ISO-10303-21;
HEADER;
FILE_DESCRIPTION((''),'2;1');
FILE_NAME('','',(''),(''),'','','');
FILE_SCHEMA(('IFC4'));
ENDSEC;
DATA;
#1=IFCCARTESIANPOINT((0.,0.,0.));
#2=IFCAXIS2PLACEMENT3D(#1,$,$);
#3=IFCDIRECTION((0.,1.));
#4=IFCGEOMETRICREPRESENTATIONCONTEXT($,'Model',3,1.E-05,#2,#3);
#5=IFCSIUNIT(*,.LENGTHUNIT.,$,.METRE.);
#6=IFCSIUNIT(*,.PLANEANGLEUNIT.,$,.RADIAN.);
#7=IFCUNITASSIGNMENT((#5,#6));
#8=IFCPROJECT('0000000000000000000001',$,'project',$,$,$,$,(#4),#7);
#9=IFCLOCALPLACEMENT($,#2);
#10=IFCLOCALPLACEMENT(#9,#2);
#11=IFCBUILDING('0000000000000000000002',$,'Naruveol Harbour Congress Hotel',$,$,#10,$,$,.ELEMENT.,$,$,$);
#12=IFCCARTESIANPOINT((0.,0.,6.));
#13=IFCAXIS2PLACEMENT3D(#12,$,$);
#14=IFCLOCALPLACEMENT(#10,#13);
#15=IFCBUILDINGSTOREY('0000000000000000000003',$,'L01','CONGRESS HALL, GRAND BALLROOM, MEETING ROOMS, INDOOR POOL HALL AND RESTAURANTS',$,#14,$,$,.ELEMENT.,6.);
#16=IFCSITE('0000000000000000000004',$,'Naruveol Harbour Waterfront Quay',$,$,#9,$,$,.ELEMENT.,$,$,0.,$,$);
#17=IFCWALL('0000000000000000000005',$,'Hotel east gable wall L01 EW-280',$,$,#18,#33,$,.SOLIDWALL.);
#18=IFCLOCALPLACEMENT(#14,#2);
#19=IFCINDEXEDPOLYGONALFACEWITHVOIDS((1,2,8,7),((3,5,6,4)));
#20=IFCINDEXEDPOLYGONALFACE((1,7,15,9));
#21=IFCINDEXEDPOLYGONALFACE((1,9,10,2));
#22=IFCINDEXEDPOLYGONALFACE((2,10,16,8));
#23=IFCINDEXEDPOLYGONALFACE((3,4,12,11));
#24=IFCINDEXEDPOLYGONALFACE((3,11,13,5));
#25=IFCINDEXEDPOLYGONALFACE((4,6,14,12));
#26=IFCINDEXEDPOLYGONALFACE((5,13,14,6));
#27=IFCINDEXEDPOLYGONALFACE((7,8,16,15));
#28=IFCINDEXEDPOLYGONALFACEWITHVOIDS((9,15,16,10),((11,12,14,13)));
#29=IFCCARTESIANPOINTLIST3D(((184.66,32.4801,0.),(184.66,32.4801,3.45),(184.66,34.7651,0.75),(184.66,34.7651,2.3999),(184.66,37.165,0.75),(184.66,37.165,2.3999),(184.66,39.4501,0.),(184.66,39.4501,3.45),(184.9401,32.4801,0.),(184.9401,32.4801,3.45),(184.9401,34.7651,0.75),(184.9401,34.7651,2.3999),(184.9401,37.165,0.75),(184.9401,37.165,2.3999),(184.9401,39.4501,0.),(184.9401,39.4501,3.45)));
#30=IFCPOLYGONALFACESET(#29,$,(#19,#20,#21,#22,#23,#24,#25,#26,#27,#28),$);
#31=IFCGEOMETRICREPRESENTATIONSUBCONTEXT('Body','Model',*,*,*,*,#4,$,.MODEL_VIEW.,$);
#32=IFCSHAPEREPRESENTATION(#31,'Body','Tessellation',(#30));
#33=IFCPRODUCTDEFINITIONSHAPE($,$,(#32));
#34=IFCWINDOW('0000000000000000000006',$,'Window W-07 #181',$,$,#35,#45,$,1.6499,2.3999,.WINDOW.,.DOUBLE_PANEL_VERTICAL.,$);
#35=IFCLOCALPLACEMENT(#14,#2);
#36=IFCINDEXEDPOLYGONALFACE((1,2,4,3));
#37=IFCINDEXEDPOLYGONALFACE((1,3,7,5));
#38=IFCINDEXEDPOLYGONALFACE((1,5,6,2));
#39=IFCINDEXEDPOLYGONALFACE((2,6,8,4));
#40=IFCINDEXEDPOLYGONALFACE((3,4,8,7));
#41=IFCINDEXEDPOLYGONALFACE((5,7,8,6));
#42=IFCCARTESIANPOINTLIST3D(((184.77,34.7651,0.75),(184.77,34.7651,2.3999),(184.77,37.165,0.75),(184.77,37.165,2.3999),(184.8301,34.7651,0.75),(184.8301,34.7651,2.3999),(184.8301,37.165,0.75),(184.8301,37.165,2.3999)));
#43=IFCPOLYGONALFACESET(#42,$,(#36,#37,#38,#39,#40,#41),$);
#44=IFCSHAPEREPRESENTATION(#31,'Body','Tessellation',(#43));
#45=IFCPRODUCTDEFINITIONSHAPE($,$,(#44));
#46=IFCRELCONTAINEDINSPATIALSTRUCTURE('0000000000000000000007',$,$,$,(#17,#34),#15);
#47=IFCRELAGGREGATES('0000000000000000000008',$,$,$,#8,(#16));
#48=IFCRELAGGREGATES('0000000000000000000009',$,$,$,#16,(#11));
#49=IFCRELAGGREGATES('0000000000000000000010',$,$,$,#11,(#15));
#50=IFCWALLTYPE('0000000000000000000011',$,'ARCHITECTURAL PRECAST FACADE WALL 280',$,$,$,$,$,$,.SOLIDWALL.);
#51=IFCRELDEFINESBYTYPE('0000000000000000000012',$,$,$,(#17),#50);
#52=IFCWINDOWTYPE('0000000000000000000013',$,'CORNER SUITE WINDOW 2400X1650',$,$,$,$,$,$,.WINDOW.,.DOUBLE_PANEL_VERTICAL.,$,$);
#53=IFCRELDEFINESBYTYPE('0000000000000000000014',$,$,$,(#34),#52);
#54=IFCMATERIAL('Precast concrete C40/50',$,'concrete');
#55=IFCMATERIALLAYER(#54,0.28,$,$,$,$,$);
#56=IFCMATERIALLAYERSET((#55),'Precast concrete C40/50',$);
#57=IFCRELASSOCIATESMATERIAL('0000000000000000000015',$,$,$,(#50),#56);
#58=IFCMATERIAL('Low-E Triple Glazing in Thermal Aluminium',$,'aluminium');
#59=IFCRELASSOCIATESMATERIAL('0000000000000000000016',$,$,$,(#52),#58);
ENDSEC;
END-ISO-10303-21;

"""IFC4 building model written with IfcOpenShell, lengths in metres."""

from ifc_helpers import new_model, si_unit, direction, frame, frame_2d, origin, place, context, subcontext, project, spatial, rectangle, extrude, material, layer, layer_set, type_object, element, fill, save


model = new_model("IFC4")

# Units and contexts
model_context = context("Model", 3, precision=1e-05, world=origin(), true_north=direction((0.0, 1.0)))
body_context = subcontext(model_context, "Body", "Model", "MODEL_VIEW")
ifc_project = project(units=[si_unit("LENGTHUNIT", "METRE"), si_unit("PLANEANGLEUNIT", "RADIAN")], contexts=[model_context])

# Site, building, storey
site_placement = place(None, origin())
site = spatial("IfcSite", under=ifc_project, at=site_placement, Name="Naruveol Harbour Waterfront Quay", CompositionType="ELEMENT", RefElevation=0.0)
building_placement = place(site_placement, origin())
building = spatial("IfcBuilding", under=site, at=building_placement, Name="Naruveol Harbour Congress Hotel", CompositionType="ELEMENT")
storey_placement = place(building_placement, frame((0.0, 0.0, 6.0)))
storey = spatial("IfcBuildingStorey", under=building, at=storey_placement, Name="L01", Description="CONGRESS HALL, GRAND BALLROOM, MEETING ROOMS, INDOOR POOL HALL AND RESTAURANTS", CompositionType="ELEMENT", Elevation=6.0)

# Wall, opening, window
ifc_material_1 = material(Name="Precast concrete C40/50", Category="concrete")
ifc_layer_1 = layer(ifc_material_1, 0.28)
ifc_layer_set_1 = layer_set([ifc_layer_1], Name="Precast concrete C40/50")
wall_type_1 = type_object("IfcWallType", Name="ARCHITECTURAL PRECAST FACADE WALL 280", PredefinedType="SOLIDWALL", material=ifc_layer_set_1)
wall_1_placement = place(storey_placement, frame((184.8, 39.45, 0.0), z_axis=(0.0, 0.0, 1.0), x_axis=(0.0, -1.0, 0.0)))
wall_1 = element("IfcWall", 1, at=wall_1_placement, inside=storey, type_object=wall_type_1, Name="Hotel east gable wall L01 EW-280", PredefinedType="SOLIDWALL", context=body_context, shape_type="SweptSolid", body=[
    extrude(rectangle(XDim=6.97, YDim=0.28, at=frame_2d((3.4849, 0.0))), origin(), (0.0, 0.0, 1.0), 3.45),
])
opening_1_placement = place(wall_1_placement, frame((2.2849, 0.0, 0.75)))
opening_1 = element("IfcOpeningElement", 2, at=opening_1_placement, cuts=wall_1, PredefinedType="OPENING", context=body_context, shape_type="SweptSolid", body=[
    extrude(rectangle(XDim=2.3999, YDim=1.6499, at=frame_2d((1.2, 0.825))), frame((0.0, 0.1499, 0.0), z_axis=(0.0, -1.0, 0.0), x_axis=(1.0, 0.0, 0.0)), (0.0, 0.0, 1.0), 0.3),
])
ifc_material_2 = material(Name="Low-E Triple Glazing in Thermal Aluminium", Category="aluminium")
window_type_1 = type_object("IfcWindowType", Name="CORNER SUITE WINDOW 2400X1650", PartitioningType="DOUBLE_PANEL_VERTICAL", PredefinedType="WINDOW", material=ifc_material_2)
window_1_placement = place(opening_1_placement, origin())
window_1 = element("IfcWindow", 3, at=window_1_placement, inside=storey, type_object=window_type_1, Name="Window W-07 #181", OverallHeight=1.6499, OverallWidth=2.3999, PartitioningType="DOUBLE_PANEL_VERTICAL", PredefinedType="WINDOW", context=body_context, shape_type="SweptSolid", body=[
    extrude(rectangle(XDim=2.3999, YDim=1.6499, at=frame_2d((1.2, 0.825))), frame((0.0, 0.03, 0.0), z_axis=(0.0, -1.0, 0.0), x_axis=(1.0, 0.0, 0.0)), (0.0, 0.0, 1.0), 0.0601),
])
fill(opening_1, window_1)

save(model, "model.ifc")
